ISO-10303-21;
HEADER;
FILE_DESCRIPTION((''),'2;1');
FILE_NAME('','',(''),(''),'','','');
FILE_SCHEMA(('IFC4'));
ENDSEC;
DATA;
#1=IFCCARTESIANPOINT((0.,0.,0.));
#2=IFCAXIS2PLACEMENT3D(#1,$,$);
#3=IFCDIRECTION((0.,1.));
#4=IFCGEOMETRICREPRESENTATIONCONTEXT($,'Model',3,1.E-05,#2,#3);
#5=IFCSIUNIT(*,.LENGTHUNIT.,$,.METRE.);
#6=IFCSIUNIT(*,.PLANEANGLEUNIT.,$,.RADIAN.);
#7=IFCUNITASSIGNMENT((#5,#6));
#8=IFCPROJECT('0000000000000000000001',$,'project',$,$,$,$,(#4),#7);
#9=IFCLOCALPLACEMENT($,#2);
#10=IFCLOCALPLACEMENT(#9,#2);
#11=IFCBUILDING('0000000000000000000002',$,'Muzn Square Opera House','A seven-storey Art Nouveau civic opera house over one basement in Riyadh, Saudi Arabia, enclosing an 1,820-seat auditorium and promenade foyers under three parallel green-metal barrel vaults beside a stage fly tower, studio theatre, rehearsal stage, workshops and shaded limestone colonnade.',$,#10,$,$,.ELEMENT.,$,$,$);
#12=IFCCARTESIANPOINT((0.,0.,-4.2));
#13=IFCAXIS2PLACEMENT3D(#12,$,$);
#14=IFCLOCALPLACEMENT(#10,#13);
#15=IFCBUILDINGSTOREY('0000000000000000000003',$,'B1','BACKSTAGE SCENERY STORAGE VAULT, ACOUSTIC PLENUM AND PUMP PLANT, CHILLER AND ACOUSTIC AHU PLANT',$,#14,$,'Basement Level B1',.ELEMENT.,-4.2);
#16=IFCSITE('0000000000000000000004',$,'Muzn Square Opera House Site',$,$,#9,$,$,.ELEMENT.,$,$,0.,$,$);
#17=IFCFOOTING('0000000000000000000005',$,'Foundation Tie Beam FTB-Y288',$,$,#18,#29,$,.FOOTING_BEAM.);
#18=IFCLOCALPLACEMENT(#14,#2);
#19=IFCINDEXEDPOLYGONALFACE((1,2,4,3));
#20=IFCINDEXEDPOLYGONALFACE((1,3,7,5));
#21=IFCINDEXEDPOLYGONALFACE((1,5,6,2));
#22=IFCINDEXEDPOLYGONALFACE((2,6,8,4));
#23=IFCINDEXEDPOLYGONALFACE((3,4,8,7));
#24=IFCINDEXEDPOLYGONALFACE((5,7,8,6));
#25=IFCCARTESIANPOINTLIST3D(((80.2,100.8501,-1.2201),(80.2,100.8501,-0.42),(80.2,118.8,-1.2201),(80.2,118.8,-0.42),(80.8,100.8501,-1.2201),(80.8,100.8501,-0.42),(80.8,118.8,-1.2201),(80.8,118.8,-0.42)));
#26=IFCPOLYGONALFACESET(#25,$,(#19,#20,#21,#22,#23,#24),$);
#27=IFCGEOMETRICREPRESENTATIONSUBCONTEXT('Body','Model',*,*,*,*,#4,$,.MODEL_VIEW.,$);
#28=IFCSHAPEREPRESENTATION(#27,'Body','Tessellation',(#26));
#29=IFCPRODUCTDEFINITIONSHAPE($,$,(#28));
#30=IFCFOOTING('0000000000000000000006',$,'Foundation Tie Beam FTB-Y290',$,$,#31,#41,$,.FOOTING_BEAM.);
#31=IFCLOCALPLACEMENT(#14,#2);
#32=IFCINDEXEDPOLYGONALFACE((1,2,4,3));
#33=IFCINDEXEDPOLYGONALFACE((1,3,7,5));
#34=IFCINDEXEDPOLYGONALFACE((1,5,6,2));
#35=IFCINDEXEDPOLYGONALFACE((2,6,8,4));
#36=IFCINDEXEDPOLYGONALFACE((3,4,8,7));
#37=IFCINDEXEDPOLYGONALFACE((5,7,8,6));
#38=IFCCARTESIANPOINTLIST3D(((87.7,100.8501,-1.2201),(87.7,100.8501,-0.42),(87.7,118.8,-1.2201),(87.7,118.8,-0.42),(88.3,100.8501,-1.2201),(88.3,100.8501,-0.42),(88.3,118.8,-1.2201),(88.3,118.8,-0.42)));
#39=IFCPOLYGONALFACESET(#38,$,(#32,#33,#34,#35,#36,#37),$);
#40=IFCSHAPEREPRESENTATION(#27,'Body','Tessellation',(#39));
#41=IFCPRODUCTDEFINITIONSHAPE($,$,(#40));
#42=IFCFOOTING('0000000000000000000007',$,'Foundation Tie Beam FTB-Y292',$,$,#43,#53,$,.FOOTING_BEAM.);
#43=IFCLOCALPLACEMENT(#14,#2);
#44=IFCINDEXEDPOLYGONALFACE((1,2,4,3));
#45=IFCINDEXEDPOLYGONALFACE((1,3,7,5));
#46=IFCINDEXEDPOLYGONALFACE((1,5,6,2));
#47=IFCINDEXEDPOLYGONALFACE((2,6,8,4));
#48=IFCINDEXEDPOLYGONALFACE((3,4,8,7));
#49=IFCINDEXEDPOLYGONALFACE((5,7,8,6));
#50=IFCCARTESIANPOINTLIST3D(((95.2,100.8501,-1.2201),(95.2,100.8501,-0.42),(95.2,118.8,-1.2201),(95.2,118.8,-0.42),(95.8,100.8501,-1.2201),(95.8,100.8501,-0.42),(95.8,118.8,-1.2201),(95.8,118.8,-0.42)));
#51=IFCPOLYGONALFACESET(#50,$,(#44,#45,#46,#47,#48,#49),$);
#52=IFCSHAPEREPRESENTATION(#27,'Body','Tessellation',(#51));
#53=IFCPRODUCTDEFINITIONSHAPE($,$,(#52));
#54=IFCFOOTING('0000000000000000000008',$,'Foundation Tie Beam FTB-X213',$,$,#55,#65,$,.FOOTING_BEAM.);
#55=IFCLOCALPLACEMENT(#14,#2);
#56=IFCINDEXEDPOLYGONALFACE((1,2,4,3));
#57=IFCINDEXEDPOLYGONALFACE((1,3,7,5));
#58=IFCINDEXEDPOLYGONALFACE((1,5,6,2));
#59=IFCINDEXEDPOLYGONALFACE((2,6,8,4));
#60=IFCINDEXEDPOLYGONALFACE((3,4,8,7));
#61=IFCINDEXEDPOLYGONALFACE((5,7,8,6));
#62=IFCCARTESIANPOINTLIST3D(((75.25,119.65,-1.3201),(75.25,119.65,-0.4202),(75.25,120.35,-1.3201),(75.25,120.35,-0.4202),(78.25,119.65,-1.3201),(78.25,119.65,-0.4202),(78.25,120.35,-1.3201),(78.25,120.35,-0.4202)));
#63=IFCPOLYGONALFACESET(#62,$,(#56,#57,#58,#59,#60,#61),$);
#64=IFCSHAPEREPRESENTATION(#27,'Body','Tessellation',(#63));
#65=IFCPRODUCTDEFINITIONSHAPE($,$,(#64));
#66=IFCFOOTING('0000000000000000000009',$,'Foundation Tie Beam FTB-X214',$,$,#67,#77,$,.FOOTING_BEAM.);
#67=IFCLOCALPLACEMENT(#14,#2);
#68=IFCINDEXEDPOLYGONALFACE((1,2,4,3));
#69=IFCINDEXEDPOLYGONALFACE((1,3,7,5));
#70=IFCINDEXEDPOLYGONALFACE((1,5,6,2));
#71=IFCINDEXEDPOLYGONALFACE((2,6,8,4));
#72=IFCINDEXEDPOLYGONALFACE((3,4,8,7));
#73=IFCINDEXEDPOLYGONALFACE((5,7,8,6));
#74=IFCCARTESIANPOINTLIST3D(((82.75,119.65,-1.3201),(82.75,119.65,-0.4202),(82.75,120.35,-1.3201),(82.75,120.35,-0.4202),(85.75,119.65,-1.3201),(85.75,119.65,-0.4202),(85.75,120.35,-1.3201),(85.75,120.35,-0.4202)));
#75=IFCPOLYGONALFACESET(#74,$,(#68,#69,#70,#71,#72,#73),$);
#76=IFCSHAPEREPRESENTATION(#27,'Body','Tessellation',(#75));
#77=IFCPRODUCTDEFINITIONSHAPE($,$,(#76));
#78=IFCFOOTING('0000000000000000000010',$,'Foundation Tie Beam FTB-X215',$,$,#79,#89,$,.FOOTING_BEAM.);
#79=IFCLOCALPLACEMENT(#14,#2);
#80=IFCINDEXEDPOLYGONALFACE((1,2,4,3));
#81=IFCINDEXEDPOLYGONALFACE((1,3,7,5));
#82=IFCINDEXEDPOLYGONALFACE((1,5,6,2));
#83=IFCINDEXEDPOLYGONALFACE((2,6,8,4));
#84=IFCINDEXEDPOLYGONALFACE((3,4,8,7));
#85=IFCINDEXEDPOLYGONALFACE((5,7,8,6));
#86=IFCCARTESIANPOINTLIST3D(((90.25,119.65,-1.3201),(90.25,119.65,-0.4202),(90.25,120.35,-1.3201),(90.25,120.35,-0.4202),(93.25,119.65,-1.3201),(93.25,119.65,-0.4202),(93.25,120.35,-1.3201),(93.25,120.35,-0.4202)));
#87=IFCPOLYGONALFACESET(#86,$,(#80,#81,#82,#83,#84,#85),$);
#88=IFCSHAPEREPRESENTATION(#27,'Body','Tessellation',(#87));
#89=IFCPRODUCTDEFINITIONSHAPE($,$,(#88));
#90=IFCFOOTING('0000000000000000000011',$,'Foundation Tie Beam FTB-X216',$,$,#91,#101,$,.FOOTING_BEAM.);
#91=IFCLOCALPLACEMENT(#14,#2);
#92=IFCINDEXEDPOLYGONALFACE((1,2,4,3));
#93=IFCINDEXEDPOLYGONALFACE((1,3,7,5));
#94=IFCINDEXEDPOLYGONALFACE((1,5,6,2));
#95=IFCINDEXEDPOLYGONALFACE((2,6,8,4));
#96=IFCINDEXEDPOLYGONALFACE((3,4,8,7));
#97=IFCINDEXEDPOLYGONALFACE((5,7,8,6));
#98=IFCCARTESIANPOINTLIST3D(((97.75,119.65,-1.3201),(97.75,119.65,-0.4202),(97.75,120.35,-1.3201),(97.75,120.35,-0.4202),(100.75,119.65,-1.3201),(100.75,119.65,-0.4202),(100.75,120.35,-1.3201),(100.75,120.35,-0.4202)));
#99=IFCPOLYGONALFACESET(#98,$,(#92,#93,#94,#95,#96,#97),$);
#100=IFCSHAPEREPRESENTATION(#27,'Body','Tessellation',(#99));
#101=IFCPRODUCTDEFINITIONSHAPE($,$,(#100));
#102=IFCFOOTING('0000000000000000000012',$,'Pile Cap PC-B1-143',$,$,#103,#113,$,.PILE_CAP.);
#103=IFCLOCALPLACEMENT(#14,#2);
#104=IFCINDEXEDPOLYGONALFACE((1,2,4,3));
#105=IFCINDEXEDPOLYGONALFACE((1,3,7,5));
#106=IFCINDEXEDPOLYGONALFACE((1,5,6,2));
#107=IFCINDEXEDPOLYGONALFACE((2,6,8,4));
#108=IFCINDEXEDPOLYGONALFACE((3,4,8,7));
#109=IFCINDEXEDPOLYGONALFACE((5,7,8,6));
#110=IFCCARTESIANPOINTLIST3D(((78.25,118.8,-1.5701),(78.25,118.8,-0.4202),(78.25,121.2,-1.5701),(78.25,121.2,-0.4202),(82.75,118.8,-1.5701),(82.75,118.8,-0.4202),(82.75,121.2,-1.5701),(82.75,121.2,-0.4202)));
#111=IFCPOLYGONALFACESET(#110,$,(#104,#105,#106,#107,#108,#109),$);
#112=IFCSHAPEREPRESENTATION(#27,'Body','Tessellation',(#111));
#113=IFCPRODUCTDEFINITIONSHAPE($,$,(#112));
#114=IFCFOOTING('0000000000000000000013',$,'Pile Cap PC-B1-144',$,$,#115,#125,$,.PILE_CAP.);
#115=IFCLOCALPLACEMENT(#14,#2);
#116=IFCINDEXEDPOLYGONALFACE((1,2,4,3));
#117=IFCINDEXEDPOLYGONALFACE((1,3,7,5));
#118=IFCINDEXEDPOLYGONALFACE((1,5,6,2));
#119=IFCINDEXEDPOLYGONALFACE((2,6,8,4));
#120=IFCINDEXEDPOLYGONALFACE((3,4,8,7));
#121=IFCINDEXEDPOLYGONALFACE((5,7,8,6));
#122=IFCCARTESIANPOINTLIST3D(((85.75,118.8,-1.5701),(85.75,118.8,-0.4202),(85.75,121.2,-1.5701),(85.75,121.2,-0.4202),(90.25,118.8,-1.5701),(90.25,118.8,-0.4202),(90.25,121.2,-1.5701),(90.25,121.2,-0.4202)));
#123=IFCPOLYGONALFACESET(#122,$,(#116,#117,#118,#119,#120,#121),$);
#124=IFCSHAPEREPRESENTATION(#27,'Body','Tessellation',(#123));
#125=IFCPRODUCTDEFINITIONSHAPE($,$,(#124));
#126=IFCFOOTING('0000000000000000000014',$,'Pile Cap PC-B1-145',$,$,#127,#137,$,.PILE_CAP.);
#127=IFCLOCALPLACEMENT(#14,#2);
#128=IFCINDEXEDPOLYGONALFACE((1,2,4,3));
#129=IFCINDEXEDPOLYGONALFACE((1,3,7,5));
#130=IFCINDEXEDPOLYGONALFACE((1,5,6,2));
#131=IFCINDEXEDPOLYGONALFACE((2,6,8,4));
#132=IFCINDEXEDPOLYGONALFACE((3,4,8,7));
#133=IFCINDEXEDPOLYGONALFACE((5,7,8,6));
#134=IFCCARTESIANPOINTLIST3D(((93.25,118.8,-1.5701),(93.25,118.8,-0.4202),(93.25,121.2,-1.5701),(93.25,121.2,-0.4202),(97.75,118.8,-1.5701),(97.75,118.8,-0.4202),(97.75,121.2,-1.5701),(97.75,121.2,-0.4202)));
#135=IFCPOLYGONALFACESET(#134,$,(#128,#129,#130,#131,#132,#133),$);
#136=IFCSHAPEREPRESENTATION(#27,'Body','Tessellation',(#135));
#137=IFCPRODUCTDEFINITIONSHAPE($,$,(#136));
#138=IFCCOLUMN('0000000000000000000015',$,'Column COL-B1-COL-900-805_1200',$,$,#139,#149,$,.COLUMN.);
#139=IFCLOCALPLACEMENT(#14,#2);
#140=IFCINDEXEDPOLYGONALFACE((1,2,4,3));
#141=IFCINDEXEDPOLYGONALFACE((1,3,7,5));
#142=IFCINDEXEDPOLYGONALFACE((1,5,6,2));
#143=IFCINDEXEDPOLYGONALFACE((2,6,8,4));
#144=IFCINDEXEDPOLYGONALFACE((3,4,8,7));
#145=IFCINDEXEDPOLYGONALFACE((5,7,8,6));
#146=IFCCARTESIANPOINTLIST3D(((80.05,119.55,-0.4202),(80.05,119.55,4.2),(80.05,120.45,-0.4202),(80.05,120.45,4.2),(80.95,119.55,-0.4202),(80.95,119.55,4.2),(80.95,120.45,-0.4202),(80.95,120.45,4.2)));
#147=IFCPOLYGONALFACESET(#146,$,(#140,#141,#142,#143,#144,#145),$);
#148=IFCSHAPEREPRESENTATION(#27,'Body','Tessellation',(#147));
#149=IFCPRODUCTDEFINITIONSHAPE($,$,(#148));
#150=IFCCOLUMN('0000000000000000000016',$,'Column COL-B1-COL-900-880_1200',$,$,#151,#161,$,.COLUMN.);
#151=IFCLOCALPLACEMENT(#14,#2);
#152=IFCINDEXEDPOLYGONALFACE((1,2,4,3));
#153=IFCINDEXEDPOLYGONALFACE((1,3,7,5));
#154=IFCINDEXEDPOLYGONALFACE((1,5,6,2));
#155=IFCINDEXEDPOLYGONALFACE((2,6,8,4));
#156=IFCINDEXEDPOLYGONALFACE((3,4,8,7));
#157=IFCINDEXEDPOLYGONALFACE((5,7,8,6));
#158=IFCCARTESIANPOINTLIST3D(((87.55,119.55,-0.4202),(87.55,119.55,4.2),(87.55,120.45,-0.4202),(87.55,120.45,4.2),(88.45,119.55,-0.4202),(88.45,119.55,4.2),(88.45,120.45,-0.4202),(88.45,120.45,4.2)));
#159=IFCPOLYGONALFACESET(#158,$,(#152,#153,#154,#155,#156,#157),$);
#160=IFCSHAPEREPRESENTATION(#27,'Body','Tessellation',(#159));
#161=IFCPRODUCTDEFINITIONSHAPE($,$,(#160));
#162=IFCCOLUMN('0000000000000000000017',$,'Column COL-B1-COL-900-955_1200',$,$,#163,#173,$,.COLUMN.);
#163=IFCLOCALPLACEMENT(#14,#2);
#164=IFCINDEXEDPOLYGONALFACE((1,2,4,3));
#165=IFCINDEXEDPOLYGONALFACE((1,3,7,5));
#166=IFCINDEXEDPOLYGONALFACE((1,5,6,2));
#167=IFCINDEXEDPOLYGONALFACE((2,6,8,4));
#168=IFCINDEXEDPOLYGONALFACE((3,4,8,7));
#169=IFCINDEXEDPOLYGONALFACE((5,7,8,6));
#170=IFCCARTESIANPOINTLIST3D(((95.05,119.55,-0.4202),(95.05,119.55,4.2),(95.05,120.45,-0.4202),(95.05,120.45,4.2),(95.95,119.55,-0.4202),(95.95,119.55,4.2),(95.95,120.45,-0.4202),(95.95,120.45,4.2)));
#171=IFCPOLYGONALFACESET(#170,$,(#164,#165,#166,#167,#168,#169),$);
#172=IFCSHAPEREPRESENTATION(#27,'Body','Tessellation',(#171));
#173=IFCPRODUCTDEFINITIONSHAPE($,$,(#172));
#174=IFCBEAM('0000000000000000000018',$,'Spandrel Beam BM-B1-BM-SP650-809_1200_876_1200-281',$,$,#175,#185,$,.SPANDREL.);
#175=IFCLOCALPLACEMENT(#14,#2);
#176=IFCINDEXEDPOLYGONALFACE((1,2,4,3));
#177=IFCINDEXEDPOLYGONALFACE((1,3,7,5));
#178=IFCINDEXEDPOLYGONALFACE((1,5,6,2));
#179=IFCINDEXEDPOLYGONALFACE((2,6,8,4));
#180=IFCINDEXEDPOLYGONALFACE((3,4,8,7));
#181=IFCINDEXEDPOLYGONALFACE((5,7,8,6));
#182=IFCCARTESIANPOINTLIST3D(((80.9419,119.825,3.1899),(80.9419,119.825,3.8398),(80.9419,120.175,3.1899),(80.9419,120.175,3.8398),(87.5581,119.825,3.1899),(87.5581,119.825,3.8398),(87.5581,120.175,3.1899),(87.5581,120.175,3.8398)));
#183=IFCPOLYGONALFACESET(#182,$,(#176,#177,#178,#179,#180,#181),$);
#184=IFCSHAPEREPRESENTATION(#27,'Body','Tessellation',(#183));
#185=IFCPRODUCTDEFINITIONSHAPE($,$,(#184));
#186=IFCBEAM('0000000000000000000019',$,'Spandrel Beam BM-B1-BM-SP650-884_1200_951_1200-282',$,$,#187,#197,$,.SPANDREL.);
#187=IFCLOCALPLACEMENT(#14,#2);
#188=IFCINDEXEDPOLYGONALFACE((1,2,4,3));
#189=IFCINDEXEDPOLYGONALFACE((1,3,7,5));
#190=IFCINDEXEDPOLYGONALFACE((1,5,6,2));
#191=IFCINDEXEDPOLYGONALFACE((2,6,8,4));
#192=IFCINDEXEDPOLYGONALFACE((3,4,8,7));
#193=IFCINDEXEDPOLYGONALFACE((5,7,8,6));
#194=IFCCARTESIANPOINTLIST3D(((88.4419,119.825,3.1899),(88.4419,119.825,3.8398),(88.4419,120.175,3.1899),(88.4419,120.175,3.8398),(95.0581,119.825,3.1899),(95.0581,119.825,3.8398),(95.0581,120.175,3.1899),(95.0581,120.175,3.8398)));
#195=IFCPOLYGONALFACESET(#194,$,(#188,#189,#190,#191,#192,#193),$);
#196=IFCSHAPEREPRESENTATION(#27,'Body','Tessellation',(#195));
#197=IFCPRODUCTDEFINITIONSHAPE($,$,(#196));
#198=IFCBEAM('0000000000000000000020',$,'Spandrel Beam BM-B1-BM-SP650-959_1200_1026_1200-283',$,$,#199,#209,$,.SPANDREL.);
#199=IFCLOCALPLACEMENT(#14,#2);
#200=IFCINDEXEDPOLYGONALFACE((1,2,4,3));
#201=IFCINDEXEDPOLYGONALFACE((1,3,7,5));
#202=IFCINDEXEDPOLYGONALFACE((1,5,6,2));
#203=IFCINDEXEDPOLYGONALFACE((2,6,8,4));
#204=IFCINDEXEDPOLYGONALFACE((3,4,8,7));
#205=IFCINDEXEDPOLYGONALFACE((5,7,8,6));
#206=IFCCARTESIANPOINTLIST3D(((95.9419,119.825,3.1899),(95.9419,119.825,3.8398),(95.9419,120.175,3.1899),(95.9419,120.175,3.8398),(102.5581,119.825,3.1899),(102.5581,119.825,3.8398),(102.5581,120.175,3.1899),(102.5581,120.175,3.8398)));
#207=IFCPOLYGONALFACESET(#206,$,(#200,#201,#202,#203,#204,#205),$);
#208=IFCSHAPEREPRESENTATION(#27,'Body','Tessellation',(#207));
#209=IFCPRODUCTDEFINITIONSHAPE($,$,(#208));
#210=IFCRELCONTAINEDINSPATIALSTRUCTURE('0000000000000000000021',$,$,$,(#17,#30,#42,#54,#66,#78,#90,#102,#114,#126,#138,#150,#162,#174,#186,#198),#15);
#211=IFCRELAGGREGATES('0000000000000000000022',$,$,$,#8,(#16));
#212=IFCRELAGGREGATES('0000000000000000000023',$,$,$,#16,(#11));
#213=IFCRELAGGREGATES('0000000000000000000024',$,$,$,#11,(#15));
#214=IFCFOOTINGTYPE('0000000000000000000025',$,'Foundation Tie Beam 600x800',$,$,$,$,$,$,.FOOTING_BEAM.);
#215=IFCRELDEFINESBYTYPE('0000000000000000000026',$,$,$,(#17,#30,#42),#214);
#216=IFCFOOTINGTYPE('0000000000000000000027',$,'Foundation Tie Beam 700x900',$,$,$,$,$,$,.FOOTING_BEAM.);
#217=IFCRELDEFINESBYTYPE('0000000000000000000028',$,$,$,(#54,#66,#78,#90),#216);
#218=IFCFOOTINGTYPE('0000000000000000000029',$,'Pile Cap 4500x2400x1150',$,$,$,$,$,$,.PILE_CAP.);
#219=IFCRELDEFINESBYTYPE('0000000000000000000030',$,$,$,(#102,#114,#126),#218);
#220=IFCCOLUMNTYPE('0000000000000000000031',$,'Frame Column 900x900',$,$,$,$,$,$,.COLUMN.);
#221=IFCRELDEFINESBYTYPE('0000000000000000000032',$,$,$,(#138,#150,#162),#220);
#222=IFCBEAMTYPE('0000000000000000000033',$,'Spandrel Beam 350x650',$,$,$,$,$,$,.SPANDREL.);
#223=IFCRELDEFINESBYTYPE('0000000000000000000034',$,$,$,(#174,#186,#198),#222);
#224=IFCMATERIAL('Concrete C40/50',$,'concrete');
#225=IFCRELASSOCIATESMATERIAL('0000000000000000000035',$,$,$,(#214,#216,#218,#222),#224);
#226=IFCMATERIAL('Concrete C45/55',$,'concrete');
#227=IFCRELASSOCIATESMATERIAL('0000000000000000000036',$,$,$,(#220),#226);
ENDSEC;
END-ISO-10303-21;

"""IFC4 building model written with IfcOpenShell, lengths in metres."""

from ifc_helpers import new_model, si_unit, direction, frame, origin, origin_2d, place, context, subcontext, project, spatial, rectangle, extrude, material, material_profile, profile_set, type_object, element, save


model = new_model("IFC4")

# Units and contexts
model_context = context("Model", 3, precision=1e-05, world=origin(), true_north=direction((0.0, 1.0)))
body_context = subcontext(model_context, "Body", "Model", "MODEL_VIEW")
ifc_project = project(units=[si_unit("LENGTHUNIT", "METRE"), si_unit("PLANEANGLEUNIT", "RADIAN")], contexts=[model_context])

# Site, building, storey
site_placement = place(None, origin())
site = spatial("IfcSite", under=ifc_project, at=site_placement, Name="Muzn Square Opera House Site", CompositionType="ELEMENT", RefElevation=0.0)
building_placement = place(site_placement, origin())
building = spatial("IfcBuilding", under=site, at=building_placement, Name="Muzn Square Opera House", Description="A seven-storey Art Nouveau civic opera house over one basement in Riyadh, Saudi Arabia, enclosing an 1,820-seat auditorium and promenade foyers under three parallel green-metal barrel vaults beside a stage fly tower, studio theatre, rehearsal stage, workshops and shaded limestone colonnade.", CompositionType="ELEMENT")
storey_placement = place(building_placement, frame((0.0, 0.0, -4.2)))
storey = spatial("IfcBuildingStorey", under=building, at=storey_placement, Name="B1", Description="BACKSTAGE SCENERY STORAGE VAULT, ACOUSTIC PLENUM AND PUMP PLANT, CHILLER AND ACOUSTIC AHU PLANT", LongName="Basement Level B1", CompositionType="ELEMENT", Elevation=-4.2)

# Shared definitions
ifc_material_1 = material(Name="Concrete C40/50", Category="concrete")

# Footings
ifc_material_profile_1 = material_profile(ifc_material_1, rectangle(XDim=0.6001, YDim=0.8, at=origin_2d()), Name="RCTB 600x800", Category="concrete")
ifc_profile_set_1 = profile_set([ifc_material_profile_1], Name="Concrete C40/50")
footing_type_1 = type_object("IfcFootingType", Name="Foundation Tie Beam 600x800", PredefinedType="FOOTING_BEAM", material=ifc_profile_set_1)
for number, where, z_axis, x_axis, name in (
    (1, (80.5, 100.8501, -0.8201), (0.0, 1.0, 0.0), (-1.0, 0.0, 0.0), "Foundation Tie Beam FTB-Y288"),
    (2, (88.0, 100.8501, -0.8201), (0.0, 1.0, 0.0), (-1.0, 0.0, 0.0), "Foundation Tie Beam FTB-Y290"),
    (3, (95.5, 100.8501, -0.8201), (0.0, 1.0, 0.0), (-1.0, 0.0, 0.0), "Foundation Tie Beam FTB-Y292"),
):
    element("IfcFooting", number, at=place(storey_placement, frame(where, z_axis=z_axis, x_axis=x_axis)), inside=storey, type_object=footing_type_1, Name=name, PredefinedType="FOOTING_BEAM", context=body_context, shape_type="SweptSolid", body=[
        extrude(rectangle(XDim=0.6001, YDim=0.8, at=origin_2d()), origin(), (0.0, 0.0, 1.0), 17.95),
    ])
ifc_material_profile_2 = material_profile(ifc_material_1, rectangle(XDim=0.7, YDim=0.8999, at=origin_2d()), Name="RCTB 700x900", Category="concrete")
ifc_profile_set_2 = profile_set([ifc_material_profile_2], Name="Concrete C40/50")
footing_type_2 = type_object("IfcFootingType", Name="Foundation Tie Beam 700x900", PredefinedType="FOOTING_BEAM", material=ifc_profile_set_2)
for number, where, z_axis, x_axis, name in (
    (4, (75.25, 120.0, -0.8701), (1.0, 0.0, 0.0), (0.0, 1.0, 0.0), "Foundation Tie Beam FTB-X213"),
    (5, (82.75, 120.0, -0.8701), (1.0, 0.0, 0.0), (0.0, 1.0, 0.0), "Foundation Tie Beam FTB-X214"),
    (6, (90.25, 120.0, -0.8701), (1.0, 0.0, 0.0), (0.0, 1.0, 0.0), "Foundation Tie Beam FTB-X215"),
    (7, (97.75, 120.0, -0.8701), (1.0, 0.0, 0.0), (0.0, 1.0, 0.0), "Foundation Tie Beam FTB-X216"),
):
    element("IfcFooting", number, at=place(storey_placement, frame(where, z_axis=z_axis, x_axis=x_axis)), inside=storey, type_object=footing_type_2, Name=name, PredefinedType="FOOTING_BEAM", context=body_context, shape_type="SweptSolid", body=[
        extrude(rectangle(XDim=0.7, YDim=0.8999, at=origin_2d()), origin(), (0.0, 0.0, 1.0), 3.0),
    ])
footing_type_3 = type_object("IfcFootingType", Name="Pile Cap 4500x2400x1150", PredefinedType="PILE_CAP", material=ifc_material_1)
for number, where, z_axis, x_axis, name in (
    (8, (80.5, 120.0, -1.5701), (0.0, 0.0, 1.0), (1.0, 0.0, 0.0), "Pile Cap PC-B1-143"),
    (9, (88.0, 120.0, -1.5701), (0.0, 0.0, 1.0), (1.0, 0.0, 0.0), "Pile Cap PC-B1-144"),
    (10, (95.5, 120.0, -1.5701), (0.0, 0.0, 1.0), (1.0, 0.0, 0.0), "Pile Cap PC-B1-145"),
):
    element("IfcFooting", number, at=place(storey_placement, frame(where, z_axis=z_axis, x_axis=x_axis)), inside=storey, type_object=footing_type_3, Name=name, PredefinedType="PILE_CAP", context=body_context, shape_type="SweptSolid", body=[
        extrude(rectangle(XDim=4.5, YDim=2.3999, at=origin_2d()), origin(), (0.0, 0.0, 1.0), 1.1499),
    ])

# Columns
ifc_material_2 = material(Name="Concrete C45/55", Category="concrete")
ifc_material_profile_3 = material_profile(ifc_material_2, rectangle(XDim=0.8999, YDim=0.8999, at=origin_2d()), Name="RC 900x900", Category="concrete")
ifc_profile_set_3 = profile_set([ifc_material_profile_3], Name="Concrete C45/55")
column_type = type_object("IfcColumnType", Name="Frame Column 900x900", PredefinedType="COLUMN", material=ifc_profile_set_3)
for number, where, z_axis, x_axis, name in (
    (11, (80.5, 120.0, -0.4202), (0.0, 0.0, 1.0), (1.0, 0.0, 0.0), "Column COL-B1-COL-900-805_1200"),
    (12, (88.0, 120.0, -0.4202), (0.0, 0.0, 1.0), (1.0, 0.0, 0.0), "Column COL-B1-COL-900-880_1200"),
    (13, (95.5, 120.0, -0.4202), (0.0, 0.0, 1.0), (1.0, 0.0, 0.0), "Column COL-B1-COL-900-955_1200"),
):
    element("IfcColumn", number, at=place(storey_placement, frame(where, z_axis=z_axis, x_axis=x_axis)), inside=storey, type_object=column_type, Name=name, PredefinedType="COLUMN", context=body_context, shape_type="SweptSolid", body=[
        extrude(rectangle(XDim=0.8999, YDim=0.8999, at=origin_2d()), origin(), (0.0, 0.0, 1.0), 4.6201),
    ])

# Beams
ifc_material_profile_4 = material_profile(ifc_material_1, rectangle(XDim=0.3501, YDim=0.6499, at=origin_2d()), Name="RCS 350x650", Category="concrete")
ifc_profile_set_4 = profile_set([ifc_material_profile_4], Name="Concrete C40/50")
beam_type = type_object("IfcBeamType", Name="Spandrel Beam 350x650", PredefinedType="SPANDREL", material=ifc_profile_set_4)
for number, where, z_axis, x_axis, name in (
    (14, (80.9419, 120.0, 3.5149), (1.0, 0.0, 0.0), (0.0, 1.0, 0.0), "Spandrel Beam BM-B1-BM-SP650-809_1200_876_1200-281"),
    (15, (88.4419, 120.0, 3.5149), (1.0, 0.0, 0.0), (0.0, 1.0, 0.0), "Spandrel Beam BM-B1-BM-SP650-884_1200_951_1200-282"),
    (16, (95.9419, 120.0, 3.5149), (1.0, 0.0, 0.0), (0.0, 1.0, 0.0), "Spandrel Beam BM-B1-BM-SP650-959_1200_1026_1200-283"),
):
    element("IfcBeam", number, at=place(storey_placement, frame(where, z_axis=z_axis, x_axis=x_axis)), inside=storey, type_object=beam_type, Name=name, PredefinedType="SPANDREL", context=body_context, shape_type="SweptSolid", body=[
        extrude(rectangle(XDim=0.3501, YDim=0.6499, at=origin_2d()), origin(), (0.0, 0.0, 1.0), 6.6162),
    ])

save(model, "model.ifc")
